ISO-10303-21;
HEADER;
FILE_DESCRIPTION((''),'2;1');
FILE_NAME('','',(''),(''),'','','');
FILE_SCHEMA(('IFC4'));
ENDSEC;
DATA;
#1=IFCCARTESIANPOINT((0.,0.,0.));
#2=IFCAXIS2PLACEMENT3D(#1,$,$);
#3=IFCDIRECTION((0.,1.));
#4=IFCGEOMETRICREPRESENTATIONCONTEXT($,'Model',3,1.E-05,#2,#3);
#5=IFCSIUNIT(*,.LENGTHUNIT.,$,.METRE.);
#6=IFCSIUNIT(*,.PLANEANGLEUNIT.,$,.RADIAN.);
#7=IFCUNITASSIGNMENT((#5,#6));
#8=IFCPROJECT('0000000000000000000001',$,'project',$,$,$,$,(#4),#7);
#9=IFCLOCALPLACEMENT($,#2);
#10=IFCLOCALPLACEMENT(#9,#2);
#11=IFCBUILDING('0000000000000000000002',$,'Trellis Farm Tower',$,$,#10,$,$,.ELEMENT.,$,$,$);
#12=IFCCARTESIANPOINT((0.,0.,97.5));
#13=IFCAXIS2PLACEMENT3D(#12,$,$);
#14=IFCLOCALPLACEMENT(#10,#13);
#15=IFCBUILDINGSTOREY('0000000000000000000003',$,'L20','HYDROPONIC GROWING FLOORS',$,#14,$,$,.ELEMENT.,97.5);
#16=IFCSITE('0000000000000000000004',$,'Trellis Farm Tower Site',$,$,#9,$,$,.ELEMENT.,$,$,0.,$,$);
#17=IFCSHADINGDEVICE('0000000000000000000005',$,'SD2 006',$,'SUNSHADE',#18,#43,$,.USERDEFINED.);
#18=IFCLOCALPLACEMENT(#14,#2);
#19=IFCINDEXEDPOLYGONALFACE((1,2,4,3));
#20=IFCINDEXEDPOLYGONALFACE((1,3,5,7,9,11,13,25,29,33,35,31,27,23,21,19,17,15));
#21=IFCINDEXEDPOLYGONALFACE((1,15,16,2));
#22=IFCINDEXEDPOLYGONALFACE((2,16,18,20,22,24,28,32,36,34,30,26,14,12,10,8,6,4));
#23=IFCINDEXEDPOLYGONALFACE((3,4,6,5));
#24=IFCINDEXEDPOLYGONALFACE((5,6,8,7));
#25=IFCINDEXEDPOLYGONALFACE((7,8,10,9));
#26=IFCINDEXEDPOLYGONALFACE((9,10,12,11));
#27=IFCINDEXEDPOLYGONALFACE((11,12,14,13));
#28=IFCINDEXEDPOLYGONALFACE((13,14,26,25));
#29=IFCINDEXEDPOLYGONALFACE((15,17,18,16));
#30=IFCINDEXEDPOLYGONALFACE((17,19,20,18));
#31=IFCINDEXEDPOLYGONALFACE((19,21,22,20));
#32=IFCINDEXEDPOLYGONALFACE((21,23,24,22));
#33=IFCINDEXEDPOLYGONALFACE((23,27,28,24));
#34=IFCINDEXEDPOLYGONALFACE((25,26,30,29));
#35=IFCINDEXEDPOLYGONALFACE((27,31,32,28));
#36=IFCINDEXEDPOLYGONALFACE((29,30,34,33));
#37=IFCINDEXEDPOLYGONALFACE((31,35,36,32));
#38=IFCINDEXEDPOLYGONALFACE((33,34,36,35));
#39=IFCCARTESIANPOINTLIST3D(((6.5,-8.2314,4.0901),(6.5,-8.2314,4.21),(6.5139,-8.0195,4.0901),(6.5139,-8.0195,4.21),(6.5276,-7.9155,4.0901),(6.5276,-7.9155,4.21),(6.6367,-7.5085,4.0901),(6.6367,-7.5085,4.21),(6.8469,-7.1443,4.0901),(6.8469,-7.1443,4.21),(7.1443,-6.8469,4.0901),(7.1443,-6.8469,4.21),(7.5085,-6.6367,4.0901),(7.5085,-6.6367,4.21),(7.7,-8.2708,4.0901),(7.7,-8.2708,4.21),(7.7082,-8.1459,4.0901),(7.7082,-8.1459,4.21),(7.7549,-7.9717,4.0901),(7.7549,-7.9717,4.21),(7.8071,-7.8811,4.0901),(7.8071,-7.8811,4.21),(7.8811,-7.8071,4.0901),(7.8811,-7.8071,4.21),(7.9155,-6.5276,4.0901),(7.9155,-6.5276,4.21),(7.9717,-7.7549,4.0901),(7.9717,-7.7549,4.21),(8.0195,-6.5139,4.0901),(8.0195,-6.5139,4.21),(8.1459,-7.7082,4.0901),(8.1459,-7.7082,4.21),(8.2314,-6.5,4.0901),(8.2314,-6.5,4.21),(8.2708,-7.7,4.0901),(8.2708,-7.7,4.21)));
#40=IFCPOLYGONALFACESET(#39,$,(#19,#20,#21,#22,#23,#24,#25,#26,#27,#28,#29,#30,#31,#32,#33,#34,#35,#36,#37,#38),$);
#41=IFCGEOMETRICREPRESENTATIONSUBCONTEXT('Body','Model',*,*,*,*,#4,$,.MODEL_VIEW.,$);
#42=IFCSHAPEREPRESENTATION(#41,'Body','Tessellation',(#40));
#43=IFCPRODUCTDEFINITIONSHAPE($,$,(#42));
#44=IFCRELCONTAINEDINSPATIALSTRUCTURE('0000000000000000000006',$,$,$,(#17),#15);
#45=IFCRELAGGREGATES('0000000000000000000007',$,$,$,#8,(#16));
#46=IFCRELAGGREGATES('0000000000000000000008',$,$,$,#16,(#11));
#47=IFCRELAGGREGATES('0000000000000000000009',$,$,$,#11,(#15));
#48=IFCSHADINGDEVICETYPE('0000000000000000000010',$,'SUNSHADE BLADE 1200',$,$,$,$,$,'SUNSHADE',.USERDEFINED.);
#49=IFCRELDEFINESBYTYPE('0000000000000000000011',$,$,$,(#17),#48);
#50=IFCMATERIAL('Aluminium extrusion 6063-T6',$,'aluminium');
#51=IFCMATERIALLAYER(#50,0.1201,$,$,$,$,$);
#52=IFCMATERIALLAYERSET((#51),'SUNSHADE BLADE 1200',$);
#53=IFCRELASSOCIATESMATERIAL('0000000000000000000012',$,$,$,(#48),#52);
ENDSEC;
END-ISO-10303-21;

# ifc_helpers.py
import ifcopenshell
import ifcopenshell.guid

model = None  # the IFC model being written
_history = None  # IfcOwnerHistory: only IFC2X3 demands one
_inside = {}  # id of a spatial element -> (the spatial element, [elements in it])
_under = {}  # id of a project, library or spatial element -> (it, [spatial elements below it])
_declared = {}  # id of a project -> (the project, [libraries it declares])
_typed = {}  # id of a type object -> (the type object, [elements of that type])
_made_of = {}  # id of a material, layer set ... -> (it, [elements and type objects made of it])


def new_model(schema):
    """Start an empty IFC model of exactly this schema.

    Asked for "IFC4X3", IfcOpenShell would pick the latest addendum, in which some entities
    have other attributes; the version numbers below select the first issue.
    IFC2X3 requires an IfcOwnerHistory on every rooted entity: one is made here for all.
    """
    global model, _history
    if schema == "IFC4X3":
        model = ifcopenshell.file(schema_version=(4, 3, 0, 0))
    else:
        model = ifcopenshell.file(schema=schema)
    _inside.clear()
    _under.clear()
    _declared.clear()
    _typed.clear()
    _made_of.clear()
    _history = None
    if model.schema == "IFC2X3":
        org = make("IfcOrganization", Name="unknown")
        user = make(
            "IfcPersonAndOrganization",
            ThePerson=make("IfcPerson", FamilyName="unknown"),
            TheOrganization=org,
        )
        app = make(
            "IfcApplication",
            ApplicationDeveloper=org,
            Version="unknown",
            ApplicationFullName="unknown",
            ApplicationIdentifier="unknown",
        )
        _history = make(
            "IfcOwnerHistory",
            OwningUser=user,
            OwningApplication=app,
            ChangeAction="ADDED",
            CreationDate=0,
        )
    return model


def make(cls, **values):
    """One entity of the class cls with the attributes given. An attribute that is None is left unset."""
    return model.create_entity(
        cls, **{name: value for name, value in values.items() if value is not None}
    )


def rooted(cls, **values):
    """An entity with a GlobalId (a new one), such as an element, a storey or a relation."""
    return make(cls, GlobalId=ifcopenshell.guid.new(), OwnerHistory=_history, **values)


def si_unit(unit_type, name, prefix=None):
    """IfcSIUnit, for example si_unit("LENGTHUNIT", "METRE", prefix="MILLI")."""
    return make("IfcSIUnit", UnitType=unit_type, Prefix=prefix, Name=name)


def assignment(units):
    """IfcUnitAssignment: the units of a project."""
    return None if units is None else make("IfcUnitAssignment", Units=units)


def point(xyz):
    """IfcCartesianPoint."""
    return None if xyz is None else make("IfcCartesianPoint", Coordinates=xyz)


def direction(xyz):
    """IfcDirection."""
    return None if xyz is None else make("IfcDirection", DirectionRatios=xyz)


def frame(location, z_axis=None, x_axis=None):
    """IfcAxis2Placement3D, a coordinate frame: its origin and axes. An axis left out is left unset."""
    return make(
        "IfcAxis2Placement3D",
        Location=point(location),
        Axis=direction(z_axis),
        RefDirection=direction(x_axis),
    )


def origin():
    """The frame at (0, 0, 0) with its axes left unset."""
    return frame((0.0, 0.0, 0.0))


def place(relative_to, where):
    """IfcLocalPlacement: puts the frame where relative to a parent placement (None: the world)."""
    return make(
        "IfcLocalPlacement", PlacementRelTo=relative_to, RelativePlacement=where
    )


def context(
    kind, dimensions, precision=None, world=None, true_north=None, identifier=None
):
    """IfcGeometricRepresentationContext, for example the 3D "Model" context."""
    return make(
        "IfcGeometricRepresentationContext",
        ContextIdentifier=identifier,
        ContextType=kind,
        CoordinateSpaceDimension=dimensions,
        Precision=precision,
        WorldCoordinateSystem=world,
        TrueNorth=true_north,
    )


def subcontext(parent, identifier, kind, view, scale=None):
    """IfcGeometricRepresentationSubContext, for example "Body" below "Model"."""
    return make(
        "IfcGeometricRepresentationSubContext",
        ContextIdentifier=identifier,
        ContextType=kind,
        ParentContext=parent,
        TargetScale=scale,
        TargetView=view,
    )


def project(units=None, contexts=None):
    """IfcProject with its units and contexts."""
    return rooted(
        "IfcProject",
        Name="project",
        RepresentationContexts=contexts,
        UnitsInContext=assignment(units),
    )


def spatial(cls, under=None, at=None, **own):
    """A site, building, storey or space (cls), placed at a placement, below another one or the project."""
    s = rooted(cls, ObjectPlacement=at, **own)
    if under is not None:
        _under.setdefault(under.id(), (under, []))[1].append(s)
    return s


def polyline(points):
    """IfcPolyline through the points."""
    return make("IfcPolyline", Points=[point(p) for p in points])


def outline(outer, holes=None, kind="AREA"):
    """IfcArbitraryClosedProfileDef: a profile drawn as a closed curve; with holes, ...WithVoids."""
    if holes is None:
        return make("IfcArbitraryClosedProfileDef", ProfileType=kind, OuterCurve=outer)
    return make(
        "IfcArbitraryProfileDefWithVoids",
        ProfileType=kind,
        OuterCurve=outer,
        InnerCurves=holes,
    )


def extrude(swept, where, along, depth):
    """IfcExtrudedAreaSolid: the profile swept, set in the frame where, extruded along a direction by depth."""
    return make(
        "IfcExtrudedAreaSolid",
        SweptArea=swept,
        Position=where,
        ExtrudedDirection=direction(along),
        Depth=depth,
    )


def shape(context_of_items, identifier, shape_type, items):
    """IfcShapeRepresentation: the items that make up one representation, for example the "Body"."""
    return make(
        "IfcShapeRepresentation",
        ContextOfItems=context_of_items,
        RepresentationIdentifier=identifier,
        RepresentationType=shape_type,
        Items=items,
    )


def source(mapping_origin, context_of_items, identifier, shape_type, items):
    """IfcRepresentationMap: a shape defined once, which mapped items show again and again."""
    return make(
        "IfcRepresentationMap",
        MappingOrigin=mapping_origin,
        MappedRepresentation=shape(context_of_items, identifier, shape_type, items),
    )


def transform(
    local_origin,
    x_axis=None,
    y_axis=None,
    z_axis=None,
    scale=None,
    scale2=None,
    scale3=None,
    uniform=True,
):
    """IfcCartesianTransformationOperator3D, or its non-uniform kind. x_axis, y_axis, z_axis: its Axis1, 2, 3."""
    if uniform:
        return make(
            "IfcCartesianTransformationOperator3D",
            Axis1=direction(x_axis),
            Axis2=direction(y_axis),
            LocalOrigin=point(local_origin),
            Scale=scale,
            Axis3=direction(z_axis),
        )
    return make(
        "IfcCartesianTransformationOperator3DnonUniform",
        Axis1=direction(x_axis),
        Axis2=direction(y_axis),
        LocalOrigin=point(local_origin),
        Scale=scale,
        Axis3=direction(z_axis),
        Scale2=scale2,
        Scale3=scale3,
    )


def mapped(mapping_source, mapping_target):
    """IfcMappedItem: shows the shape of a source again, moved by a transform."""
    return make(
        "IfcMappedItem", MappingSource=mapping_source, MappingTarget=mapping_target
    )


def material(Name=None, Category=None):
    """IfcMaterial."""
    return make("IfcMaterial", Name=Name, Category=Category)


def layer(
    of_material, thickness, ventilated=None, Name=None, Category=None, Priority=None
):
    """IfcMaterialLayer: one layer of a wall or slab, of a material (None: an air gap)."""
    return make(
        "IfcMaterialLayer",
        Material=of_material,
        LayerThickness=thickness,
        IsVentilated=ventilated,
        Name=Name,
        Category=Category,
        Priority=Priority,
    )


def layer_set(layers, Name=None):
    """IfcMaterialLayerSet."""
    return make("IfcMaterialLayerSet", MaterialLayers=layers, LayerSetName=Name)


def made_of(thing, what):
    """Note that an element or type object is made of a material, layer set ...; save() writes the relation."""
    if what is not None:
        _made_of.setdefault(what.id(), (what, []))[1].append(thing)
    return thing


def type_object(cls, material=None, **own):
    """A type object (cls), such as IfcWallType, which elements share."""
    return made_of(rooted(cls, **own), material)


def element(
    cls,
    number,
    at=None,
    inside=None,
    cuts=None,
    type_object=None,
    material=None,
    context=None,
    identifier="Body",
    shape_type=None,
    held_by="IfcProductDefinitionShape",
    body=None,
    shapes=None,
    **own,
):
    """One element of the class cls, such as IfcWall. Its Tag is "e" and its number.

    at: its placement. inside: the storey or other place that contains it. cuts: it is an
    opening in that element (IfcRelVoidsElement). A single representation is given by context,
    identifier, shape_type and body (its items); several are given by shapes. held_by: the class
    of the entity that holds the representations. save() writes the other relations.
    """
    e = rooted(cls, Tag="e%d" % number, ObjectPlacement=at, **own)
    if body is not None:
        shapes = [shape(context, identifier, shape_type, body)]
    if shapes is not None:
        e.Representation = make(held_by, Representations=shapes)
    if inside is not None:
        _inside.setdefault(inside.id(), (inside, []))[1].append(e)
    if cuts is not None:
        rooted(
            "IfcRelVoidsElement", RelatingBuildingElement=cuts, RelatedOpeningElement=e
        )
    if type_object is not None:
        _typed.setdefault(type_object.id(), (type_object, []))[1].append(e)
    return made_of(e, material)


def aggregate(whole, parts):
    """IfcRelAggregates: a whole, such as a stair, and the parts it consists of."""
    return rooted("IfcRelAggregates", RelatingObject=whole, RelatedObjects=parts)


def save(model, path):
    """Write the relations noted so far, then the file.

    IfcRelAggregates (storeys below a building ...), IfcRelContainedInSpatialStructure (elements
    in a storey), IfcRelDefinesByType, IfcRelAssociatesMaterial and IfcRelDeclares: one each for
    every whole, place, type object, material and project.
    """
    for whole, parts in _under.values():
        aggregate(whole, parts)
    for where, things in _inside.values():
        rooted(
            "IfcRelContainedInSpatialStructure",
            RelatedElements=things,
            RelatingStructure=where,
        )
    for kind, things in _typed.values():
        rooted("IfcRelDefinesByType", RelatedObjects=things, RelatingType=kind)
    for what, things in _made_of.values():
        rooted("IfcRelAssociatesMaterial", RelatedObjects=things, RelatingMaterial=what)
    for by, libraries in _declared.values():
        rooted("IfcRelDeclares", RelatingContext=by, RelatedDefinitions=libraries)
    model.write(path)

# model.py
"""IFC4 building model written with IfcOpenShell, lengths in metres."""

from ifc_helpers import new_model, si_unit, direction, frame, origin, place, context, subcontext, project, spatial, polyline, outline, extrude, source, transform, mapped, material, layer, layer_set, type_object, element, save


model = new_model("IFC4")

# Units and contexts
model_context = context("Model", 3, precision=1e-05, world=origin(), true_north=direction((0.0, 1.0)))
body_context = subcontext(model_context, "Body", "Model", "MODEL_VIEW")
ifc_project = project(units=[si_unit("LENGTHUNIT", "METRE"), si_unit("PLANEANGLEUNIT", "RADIAN")], contexts=[model_context])

# Site, building, storey
site_placement = place(None, origin())
site = spatial("IfcSite", under=ifc_project, at=site_placement, Name="Trellis Farm Tower Site", CompositionType="ELEMENT", RefElevation=0.0)
building_placement = place(site_placement, origin())
building = spatial("IfcBuilding", under=site, at=building_placement, Name="Trellis Farm Tower", CompositionType="ELEMENT")
storey_placement = place(building_placement, frame((0.0, 0.0, 97.5)))
storey = spatial("IfcBuildingStorey", under=building, at=storey_placement, Name="L20", Description="HYDROPONIC GROWING FLOORS", CompositionType="ELEMENT", Elevation=97.5)

# Shared definitions
ifc_material_1 = material(Name="Aluminium extrusion 6063-T6", Category="aluminium")

# Shading device
ifc_layer_1 = layer(ifc_material_1, 0.1201)
ifc_layer_set_1 = layer_set([ifc_layer_1], Name="SUNSHADE BLADE 1200")
shading_device_type = type_object("IfcShadingDeviceType", Name="SUNSHADE BLADE 1200", ElementType="SUNSHADE", PredefinedType="USERDEFINED", material=ifc_layer_set_1)
placement_1 = place(storey_placement, frame((0.0, 0.0, 4.0901)))
shared_shape_1 = source(origin(), body_context, "Body", "SweptSolid", [
    extrude(outline(polyline([(7.7, -8.2708), (7.7087, -8.1372), (7.707, -8.1501), (7.7549, -7.9717), (7.8071, -7.8811), (7.8811, -7.8071), (7.9717, -7.7549), (8.1501, -7.707), (8.1372, -7.7087), (8.2708, -7.7), (8.2314, -6.5), (8.0195, -6.5139), (7.9155, -6.5276), (7.5085, -6.6367), (7.1443, -6.8469), (6.8469, -7.1443), (6.6367, -7.5085), (6.5276, -7.9155), (6.5139, -8.0195), (6.5, -8.2314), (7.7, -8.2708)])), origin(), (0.0, 0.0, 1.0), 0.1199),
])
element("IfcShadingDevice", 1, at=placement_1, inside=storey, type_object=shading_device_type, Name="SD2 006", ObjectType="SUNSHADE", PredefinedType="USERDEFINED", context=body_context, shape_type="MappedRepresentation", body=[
    mapped(shared_shape_1, transform((0.0, 0.0, 0.0))),
])

save(model, "model.ifc")
